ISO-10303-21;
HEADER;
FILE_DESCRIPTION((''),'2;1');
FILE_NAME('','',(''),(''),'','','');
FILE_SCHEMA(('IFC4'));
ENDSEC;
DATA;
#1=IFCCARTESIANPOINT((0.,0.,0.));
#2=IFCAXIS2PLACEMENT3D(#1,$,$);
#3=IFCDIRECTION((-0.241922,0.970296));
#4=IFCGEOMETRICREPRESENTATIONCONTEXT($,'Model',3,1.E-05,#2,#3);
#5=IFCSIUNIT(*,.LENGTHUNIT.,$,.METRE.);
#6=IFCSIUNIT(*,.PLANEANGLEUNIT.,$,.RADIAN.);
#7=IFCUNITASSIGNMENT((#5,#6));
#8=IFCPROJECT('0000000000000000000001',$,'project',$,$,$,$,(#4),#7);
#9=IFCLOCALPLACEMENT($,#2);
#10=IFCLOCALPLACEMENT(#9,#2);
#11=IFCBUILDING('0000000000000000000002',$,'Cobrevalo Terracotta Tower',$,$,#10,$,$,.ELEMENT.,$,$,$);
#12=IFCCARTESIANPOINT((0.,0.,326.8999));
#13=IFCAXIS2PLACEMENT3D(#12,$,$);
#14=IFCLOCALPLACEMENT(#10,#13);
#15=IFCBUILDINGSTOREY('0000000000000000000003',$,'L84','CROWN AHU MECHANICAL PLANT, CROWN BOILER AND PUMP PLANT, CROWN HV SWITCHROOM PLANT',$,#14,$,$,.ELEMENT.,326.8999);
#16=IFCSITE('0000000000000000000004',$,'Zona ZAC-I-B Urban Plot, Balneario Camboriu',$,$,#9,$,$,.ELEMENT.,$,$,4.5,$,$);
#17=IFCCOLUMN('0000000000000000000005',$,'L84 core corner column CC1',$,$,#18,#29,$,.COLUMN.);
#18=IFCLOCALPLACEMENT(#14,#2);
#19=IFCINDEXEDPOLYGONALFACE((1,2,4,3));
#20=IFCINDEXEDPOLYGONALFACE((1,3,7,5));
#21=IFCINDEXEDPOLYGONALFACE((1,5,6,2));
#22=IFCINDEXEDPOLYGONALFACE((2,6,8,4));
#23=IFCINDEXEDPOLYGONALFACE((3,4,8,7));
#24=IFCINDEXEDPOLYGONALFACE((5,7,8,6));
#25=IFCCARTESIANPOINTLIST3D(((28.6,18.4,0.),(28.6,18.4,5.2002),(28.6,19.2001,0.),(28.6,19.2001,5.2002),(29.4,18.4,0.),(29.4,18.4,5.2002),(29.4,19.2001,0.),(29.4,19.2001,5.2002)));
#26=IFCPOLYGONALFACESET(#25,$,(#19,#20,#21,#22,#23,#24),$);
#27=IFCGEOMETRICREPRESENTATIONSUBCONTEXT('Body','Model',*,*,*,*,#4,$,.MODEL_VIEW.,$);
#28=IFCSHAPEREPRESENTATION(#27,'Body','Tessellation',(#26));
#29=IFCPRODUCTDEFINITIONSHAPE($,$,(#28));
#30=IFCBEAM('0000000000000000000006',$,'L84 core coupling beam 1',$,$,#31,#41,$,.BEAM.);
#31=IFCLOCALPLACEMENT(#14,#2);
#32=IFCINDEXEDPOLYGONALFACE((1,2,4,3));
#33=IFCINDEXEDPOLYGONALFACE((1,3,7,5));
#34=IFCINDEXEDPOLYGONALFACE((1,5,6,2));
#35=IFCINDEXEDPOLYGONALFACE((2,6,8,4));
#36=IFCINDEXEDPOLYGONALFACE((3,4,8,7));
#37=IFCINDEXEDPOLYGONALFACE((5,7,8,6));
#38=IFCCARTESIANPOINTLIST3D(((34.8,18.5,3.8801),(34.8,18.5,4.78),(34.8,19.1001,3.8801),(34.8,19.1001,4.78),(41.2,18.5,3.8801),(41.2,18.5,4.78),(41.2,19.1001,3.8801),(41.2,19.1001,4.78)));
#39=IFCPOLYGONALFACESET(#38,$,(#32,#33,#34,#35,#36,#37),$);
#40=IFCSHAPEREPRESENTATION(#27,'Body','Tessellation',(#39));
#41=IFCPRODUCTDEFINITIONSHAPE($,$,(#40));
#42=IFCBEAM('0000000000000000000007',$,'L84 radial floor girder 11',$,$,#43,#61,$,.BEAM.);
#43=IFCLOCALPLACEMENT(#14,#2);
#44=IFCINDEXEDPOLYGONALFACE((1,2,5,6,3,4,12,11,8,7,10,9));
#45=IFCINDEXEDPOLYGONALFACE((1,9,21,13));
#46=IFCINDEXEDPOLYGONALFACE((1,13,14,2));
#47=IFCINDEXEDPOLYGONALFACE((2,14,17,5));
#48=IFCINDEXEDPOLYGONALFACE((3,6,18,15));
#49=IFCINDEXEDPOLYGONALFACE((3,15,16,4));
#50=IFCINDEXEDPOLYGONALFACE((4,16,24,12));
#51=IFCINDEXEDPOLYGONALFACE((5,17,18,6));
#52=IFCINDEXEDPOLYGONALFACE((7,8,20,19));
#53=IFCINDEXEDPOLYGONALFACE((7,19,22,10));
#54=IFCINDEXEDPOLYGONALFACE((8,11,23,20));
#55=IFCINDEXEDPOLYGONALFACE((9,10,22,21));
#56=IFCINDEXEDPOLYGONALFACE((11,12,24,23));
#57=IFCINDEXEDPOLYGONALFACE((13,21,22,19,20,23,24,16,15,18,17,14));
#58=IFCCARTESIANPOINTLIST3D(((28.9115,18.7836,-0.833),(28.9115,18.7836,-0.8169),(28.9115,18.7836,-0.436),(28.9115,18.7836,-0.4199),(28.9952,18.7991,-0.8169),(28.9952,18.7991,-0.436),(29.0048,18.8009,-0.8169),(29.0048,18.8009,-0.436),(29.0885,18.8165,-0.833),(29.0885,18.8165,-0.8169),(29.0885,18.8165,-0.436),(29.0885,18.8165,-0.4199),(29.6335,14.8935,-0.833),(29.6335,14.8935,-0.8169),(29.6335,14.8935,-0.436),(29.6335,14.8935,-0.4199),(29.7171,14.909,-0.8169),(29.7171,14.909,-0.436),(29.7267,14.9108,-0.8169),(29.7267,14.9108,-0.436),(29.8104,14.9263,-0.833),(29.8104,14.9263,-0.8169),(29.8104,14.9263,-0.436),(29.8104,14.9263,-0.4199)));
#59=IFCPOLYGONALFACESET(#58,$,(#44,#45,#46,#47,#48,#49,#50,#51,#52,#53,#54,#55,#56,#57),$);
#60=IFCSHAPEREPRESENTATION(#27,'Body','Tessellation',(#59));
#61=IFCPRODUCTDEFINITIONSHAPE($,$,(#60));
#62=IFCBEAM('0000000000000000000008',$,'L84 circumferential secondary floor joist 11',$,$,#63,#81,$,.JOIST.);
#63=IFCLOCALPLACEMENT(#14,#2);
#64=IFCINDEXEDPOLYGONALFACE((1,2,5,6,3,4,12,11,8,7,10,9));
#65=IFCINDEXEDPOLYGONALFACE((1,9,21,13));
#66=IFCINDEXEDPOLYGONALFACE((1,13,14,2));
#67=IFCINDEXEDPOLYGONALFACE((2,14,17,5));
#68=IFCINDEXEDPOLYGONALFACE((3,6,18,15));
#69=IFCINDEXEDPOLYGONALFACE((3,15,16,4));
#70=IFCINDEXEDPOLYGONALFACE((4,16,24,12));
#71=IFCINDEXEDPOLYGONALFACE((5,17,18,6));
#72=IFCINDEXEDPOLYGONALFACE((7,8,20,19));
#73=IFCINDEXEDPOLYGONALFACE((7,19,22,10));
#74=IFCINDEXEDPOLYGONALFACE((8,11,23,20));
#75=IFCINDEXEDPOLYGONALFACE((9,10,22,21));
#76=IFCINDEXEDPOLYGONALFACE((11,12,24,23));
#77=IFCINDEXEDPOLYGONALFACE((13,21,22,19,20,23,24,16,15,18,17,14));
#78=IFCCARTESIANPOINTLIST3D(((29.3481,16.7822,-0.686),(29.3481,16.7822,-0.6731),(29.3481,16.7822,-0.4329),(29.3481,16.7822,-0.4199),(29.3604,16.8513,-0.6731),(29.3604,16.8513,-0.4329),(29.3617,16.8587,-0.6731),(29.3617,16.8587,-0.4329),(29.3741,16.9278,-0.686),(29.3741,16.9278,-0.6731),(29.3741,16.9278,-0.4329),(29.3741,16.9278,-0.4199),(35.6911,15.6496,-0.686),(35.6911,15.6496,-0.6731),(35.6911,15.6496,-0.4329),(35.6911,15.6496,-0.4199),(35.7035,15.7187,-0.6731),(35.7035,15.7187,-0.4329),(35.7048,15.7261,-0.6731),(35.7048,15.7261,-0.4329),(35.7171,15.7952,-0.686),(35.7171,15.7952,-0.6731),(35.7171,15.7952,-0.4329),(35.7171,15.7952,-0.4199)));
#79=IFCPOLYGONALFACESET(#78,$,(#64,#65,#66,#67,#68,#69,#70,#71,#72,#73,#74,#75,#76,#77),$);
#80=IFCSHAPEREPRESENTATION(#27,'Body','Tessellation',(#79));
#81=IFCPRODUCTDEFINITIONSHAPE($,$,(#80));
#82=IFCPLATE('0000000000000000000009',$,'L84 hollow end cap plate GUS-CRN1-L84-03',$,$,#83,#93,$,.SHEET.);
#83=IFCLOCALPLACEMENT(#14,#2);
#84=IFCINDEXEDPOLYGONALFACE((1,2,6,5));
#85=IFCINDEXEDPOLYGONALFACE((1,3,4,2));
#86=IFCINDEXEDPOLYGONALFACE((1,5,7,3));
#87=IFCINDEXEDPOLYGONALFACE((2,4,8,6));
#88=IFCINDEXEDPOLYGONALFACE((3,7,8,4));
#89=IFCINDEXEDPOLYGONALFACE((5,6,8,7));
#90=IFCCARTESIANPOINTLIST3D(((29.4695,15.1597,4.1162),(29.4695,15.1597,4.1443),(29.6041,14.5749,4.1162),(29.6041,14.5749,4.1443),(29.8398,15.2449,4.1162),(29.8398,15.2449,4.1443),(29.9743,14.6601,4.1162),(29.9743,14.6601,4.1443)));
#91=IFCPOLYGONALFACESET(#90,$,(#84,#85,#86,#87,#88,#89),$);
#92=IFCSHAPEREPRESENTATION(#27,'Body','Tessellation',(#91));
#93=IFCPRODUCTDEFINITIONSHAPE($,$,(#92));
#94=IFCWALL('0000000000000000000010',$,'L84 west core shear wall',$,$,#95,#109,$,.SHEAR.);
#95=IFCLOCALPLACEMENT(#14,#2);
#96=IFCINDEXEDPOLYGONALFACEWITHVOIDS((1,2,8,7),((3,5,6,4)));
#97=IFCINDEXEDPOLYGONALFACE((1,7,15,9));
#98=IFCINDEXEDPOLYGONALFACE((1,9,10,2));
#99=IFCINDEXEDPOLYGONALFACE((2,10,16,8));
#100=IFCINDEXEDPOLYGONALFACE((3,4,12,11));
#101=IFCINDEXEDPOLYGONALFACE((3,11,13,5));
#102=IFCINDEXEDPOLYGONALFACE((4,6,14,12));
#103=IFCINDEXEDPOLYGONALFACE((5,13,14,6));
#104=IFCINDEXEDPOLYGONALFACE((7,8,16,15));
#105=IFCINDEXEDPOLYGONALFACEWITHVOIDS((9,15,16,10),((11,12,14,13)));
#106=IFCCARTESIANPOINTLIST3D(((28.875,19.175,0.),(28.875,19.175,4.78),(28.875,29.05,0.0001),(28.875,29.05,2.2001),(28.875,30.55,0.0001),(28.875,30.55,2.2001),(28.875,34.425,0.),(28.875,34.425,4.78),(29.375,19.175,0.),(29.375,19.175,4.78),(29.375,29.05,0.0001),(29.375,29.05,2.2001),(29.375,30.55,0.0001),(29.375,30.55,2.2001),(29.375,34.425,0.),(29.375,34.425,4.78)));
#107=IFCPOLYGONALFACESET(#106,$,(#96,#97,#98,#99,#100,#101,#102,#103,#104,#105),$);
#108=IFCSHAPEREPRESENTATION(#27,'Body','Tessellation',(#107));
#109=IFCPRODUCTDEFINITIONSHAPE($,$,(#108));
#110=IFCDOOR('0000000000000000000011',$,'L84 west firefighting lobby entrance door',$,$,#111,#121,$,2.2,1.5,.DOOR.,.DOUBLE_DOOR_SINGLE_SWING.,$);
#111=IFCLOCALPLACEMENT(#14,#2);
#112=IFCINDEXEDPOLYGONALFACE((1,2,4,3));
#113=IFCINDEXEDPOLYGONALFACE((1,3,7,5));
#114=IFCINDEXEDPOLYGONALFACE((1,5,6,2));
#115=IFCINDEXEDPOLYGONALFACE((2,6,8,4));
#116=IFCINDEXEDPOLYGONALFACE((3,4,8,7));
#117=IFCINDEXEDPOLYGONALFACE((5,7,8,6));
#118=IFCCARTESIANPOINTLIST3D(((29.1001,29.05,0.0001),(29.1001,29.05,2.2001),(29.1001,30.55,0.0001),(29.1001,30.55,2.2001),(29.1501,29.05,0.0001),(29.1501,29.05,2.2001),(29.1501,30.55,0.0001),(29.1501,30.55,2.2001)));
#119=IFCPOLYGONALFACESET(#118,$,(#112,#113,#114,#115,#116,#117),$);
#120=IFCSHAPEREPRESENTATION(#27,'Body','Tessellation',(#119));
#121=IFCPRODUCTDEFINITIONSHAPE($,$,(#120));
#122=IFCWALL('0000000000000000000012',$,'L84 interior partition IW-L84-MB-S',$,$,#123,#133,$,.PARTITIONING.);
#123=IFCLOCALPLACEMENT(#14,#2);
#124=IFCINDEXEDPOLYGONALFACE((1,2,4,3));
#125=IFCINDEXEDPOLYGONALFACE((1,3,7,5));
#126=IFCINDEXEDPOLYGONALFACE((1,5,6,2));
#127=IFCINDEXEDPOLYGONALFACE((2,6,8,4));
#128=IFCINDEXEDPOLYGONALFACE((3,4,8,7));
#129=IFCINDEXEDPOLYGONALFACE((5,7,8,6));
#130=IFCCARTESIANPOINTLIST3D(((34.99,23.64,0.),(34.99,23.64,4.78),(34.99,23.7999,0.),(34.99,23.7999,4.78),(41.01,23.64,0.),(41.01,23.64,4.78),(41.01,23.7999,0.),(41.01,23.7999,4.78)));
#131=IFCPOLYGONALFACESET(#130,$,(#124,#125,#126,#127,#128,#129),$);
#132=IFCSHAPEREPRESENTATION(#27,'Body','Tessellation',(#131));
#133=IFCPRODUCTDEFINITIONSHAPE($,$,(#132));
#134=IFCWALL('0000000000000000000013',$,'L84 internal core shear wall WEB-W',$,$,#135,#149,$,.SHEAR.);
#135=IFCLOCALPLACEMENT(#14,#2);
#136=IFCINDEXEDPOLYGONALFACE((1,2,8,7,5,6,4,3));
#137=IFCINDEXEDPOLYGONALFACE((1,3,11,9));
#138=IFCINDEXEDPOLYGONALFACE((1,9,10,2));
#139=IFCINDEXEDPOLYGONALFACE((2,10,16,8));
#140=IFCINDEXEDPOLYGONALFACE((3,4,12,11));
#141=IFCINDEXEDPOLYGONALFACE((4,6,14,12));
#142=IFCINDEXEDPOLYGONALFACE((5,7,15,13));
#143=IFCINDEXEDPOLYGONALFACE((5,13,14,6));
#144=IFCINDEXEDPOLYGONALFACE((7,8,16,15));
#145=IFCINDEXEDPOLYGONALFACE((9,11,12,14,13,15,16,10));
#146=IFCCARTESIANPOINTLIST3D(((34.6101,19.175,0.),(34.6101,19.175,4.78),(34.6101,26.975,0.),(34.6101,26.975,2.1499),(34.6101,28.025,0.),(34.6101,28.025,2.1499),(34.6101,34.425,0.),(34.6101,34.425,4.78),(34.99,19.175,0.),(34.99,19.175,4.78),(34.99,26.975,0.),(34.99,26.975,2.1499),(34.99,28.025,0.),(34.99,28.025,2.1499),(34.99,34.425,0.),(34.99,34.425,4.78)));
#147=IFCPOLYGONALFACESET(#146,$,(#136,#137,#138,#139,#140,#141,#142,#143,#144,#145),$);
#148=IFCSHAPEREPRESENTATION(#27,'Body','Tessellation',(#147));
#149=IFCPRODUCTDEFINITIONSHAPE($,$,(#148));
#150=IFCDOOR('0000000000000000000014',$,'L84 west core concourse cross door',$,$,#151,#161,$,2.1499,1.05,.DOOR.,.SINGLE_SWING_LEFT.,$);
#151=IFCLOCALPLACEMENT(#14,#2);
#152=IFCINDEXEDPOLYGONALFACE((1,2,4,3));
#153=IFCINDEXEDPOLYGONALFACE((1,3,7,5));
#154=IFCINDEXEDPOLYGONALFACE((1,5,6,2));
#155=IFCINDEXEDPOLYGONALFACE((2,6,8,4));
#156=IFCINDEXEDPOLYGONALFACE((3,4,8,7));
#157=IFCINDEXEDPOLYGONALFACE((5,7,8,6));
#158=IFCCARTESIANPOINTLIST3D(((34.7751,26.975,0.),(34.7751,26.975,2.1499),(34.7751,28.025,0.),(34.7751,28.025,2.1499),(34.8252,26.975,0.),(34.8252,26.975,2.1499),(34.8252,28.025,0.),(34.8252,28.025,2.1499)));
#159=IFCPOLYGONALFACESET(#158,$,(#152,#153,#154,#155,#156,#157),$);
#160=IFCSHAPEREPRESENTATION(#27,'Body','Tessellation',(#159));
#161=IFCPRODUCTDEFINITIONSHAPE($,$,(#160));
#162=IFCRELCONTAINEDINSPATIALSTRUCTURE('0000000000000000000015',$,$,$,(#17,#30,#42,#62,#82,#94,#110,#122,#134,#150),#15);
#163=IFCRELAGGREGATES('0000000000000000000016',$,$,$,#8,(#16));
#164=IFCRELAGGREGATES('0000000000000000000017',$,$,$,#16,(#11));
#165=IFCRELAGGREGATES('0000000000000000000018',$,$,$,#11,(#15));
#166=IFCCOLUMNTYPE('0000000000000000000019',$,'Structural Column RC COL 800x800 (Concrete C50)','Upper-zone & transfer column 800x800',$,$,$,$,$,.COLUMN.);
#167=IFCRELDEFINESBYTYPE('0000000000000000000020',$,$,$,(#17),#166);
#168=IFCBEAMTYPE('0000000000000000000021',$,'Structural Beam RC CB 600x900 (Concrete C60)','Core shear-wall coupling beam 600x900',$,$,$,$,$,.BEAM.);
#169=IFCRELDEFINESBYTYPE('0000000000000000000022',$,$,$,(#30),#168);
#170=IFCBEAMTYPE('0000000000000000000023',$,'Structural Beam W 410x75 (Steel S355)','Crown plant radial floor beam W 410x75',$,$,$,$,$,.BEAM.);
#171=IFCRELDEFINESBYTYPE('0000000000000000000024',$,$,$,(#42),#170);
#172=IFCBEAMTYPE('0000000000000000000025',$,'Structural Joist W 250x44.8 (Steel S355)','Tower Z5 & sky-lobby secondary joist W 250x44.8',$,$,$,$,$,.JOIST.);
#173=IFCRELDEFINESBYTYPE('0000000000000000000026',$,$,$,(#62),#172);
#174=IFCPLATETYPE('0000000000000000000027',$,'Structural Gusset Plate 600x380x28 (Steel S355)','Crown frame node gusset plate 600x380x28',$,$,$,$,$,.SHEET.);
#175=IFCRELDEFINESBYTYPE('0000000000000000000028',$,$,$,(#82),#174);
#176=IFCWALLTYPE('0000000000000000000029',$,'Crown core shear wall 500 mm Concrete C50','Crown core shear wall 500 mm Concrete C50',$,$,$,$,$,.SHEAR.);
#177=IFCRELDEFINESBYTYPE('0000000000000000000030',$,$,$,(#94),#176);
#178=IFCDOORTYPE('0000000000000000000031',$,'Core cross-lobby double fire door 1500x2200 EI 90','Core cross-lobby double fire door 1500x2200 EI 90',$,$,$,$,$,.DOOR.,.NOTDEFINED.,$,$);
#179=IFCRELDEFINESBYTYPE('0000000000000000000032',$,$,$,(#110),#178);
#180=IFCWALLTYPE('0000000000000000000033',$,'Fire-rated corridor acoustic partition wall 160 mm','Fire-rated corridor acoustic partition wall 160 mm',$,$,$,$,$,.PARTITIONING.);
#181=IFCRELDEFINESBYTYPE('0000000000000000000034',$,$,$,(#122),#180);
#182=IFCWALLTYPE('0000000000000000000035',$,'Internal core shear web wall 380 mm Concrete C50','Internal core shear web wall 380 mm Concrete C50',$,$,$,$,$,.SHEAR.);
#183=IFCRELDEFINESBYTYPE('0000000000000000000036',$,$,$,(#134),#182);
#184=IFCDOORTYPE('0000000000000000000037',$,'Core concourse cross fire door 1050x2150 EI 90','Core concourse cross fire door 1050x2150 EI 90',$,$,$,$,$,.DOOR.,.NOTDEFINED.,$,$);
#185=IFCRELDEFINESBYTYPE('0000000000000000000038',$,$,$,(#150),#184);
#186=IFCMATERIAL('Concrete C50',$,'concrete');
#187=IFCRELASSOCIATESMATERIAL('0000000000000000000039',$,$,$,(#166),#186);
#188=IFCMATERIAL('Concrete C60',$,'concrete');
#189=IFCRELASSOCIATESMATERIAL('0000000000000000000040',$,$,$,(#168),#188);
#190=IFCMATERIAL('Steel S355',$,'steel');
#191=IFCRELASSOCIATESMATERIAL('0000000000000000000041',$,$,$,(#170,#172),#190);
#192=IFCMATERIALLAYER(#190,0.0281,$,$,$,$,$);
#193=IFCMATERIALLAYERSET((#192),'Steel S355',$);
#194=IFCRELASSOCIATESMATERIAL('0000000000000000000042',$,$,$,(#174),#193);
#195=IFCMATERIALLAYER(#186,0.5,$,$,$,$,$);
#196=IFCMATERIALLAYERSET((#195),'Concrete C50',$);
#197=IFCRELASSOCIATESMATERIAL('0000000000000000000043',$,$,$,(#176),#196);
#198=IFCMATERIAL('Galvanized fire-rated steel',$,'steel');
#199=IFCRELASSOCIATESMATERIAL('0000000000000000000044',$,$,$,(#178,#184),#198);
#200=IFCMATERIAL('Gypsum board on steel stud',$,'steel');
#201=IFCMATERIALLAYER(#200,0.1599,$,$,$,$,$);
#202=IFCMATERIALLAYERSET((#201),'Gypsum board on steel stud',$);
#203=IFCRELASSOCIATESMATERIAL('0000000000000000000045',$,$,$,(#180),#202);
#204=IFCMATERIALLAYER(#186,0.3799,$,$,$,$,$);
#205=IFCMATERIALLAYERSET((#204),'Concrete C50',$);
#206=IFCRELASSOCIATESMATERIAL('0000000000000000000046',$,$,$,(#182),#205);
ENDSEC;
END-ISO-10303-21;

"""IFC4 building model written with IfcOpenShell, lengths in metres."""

from ifc_helpers import new_model, si_unit, direction, frame, frame_2d, origin, origin_2d, place, context, subcontext, project, spatial, rectangle, i_section, extrude, source, transform, mapped, material, layer, layer_set, material_profile, profile_set, type_object, element, fill, save


model = new_model("IFC4")

# Units and contexts
model_context = context("Model", 3, precision=1e-05, world=origin(), true_north=direction((-0.241922, 0.970296)))
body_context = subcontext(model_context, "Body", "Model", "MODEL_VIEW")
ifc_project = project(units=[si_unit("LENGTHUNIT", "METRE"), si_unit("PLANEANGLEUNIT", "RADIAN")], contexts=[model_context])

# Site, building, storey
site_placement = place(None, origin())
site = spatial("IfcSite", under=ifc_project, at=site_placement, Name="Zona ZAC-I-B Urban Plot, Balneario Camboriu", CompositionType="ELEMENT", RefElevation=4.5)
building_placement = place(site_placement, origin())
building = spatial("IfcBuilding", under=site, at=building_placement, Name="Cobrevalo Terracotta Tower", CompositionType="ELEMENT")
storey_placement = place(building_placement, frame((0.0, 0.0, 326.8999)))
storey = spatial("IfcBuildingStorey", under=building, at=storey_placement, Name="L84", Description="CROWN AHU MECHANICAL PLANT, CROWN BOILER AND PUMP PLANT, CROWN HV SWITCHROOM PLANT", CompositionType="ELEMENT", Elevation=326.8999)

# Column
ifc_material_1 = material(Name="Concrete C50", Category="concrete")
ifc_material_profile_1 = material_profile(ifc_material_1, rectangle(XDim=0.8, YDim=0.8, at=origin_2d()), Name="RC COL 800x800")
ifc_profile_set_1 = profile_set([ifc_material_profile_1], Name="Concrete C50")
column_type = type_object("IfcColumnType", Name="Structural Column RC COL 800x800 (Concrete C50)", Description="Upper-zone & transfer column 800x800", PredefinedType="COLUMN", material=ifc_profile_set_1)
column_placement = place(storey_placement, frame((29.0, 18.8, 0.0), z_axis=(0.0, 0.0, 1.0), x_axis=(1.0, 0.0, 0.0)))
element("IfcColumn", 1, at=column_placement, inside=storey, type_object=column_type, Name="L84 core corner column CC1", PredefinedType="COLUMN", context=body_context, shape_type="SweptSolid", body=[
    extrude(rectangle(XDim=0.8, YDim=0.8, at=origin_2d()), origin(), (0.0, 0.0, 1.0), 5.2002),
])

# Beams
ifc_material_2 = material(Name="Concrete C60", Category="concrete")
ifc_material_profile_2 = material_profile(ifc_material_2, rectangle(XDim=0.6001, YDim=0.8999, at=origin_2d()), Name="RC CB 600x900")
ifc_profile_set_2 = profile_set([ifc_material_profile_2], Name="Concrete C60")
beam_type_1 = type_object("IfcBeamType", Name="Structural Beam RC CB 600x900 (Concrete C60)", Description="Core shear-wall coupling beam 600x900", PredefinedType="BEAM", material=ifc_profile_set_2)
beam_1_placement = place(storey_placement, frame((34.8, 18.8, 4.3301), z_axis=(1.0, 0.0, 0.0), x_axis=(0.0, 1.0, 0.0)))
element("IfcBeam", 2, at=beam_1_placement, inside=storey, type_object=beam_type_1, Name="L84 core coupling beam 1", PredefinedType="BEAM", context=body_context, shape_type="SweptSolid", body=[
    extrude(rectangle(XDim=0.6001, YDim=0.8999, at=origin_2d()), origin(), (0.0, 0.0, 1.0), 6.3999),
])
ifc_material_3 = material(Name="Steel S355", Category="steel")
ifc_material_profile_3 = material_profile(ifc_material_3, i_section(OverallWidth=0.1799, OverallDepth=0.4131, WebThickness=0.0098, FlangeThickness=0.0161, at=origin_2d()), Name="W 410x75")
ifc_profile_set_3 = profile_set([ifc_material_profile_3], Name="Steel S355")
beam_type_2 = type_object("IfcBeamType", Name="Structural Beam W 410x75 (Steel S355)", Description="Crown plant radial floor beam W 410x75", PredefinedType="BEAM", material=ifc_profile_set_3)
beam_2_placement = place(storey_placement, frame((29.7219, 14.9099, -0.6265), z_axis=(-0.182463, 0.983213, 0.0), x_axis=(-0.983213, -0.182463, 0.0)))
element("IfcBeam", 3, at=beam_2_placement, inside=storey, type_object=beam_type_2, Name="L84 radial floor girder 11", PredefinedType="BEAM", context=body_context, shape_type="SweptSolid", body=[
    extrude(i_section(OverallWidth=0.1799, OverallDepth=0.4131, WebThickness=0.0098, FlangeThickness=0.0161, at=origin_2d()), origin(), (0.0, 0.0, 1.0), 3.9565),
])
ifc_material_profile_4 = material_profile(ifc_material_3, i_section(OverallWidth=0.1479, OverallDepth=0.2661, WebThickness=0.0076, FlangeThickness=0.0129, at=origin_2d()), Name="W 250x44.8")
ifc_profile_set_4 = profile_set([ifc_material_profile_4], Name="Steel S355")
beam_type_3 = type_object("IfcBeamType", Name="Structural Joist W 250x44.8 (Steel S355)", Description="Tower Z5 & sky-lobby secondary joist W 250x44.8", PredefinedType="JOIST", material=ifc_profile_set_4)
beam_3_placement = place(storey_placement, frame((29.3611, 16.855, -0.553), z_axis=(0.984431, -0.175774, 0.0), x_axis=(0.175774, 0.984431, 0.0)))
element("IfcBeam", 4, at=beam_3_placement, inside=storey, type_object=beam_type_3, Name="L84 circumferential secondary floor joist 11", PredefinedType="JOIST", context=body_context, shape_type="SweptSolid", body=[
    extrude(i_section(OverallWidth=0.1479, OverallDepth=0.2661, WebThickness=0.0076, FlangeThickness=0.0129, at=origin_2d()), origin(), (0.0, 0.0, 1.0), 6.4434),
])

# Plate
ifc_layer_1 = layer(ifc_material_3, 0.0281)
ifc_layer_set_1 = layer_set([ifc_layer_1], Name="Steel S355")
plate_type = type_object("IfcPlateType", Name="Structural Gusset Plate 600x380x28 (Steel S355)", Description="Crown frame node gusset plate 600x380x28", PredefinedType="SHEET", material=ifc_layer_set_1)
shared_shape_1 = source(origin(), body_context, "Body", "SweptSolid", [
    extrude(rectangle(XDim=0.6001, YDim=0.3799, at=origin_2d()), origin(), (0.0, 0.0, 1.0), 0.0281),
])
plate_placement = place(storey_placement, frame((29.7219, 14.9099, 4.1162), z_axis=(0.0, 0.0, 1.0), x_axis=(0.224221, -0.974538, 0.0)))
element("IfcPlate", 5, at=plate_placement, inside=storey, type_object=plate_type, Name="L84 hollow end cap plate GUS-CRN1-L84-03", PredefinedType="SHEET", context=body_context, shape_type="MappedRepresentation", body=[
    mapped(shared_shape_1, transform((0.0, 0.0, 0.0), scale=1.0)),
])

# Wall, opening, door
ifc_layer_2 = layer(ifc_material_1, 0.5)
ifc_layer_set_2 = layer_set([ifc_layer_2], Name="Concrete C50")
wall_type_1 = type_object("IfcWallType", Name="Crown core shear wall 500 mm Concrete C50", Description="Crown core shear wall 500 mm Concrete C50", PredefinedType="SHEAR", material=ifc_layer_set_2)
wall_1_placement = place(storey_placement, frame((29.125, 19.175, 0.0), z_axis=(0.0, 0.0, 1.0), x_axis=(0.0, 1.0, 0.0)))
wall_1 = element("IfcWall", 6, at=wall_1_placement, inside=storey, type_object=wall_type_1, Name="L84 west core shear wall", PredefinedType="SHEAR", context=body_context, shape_type="SweptSolid", body=[
    extrude(rectangle(XDim=15.25, YDim=0.5, at=frame_2d((7.625, 0.0))), origin(), (0.0, 0.0, 1.0), 4.78),
])
opening_1_placement = place(wall_1_placement, frame((9.875, 0.0, 0.0)))
opening_1 = element("IfcOpeningElement", 7, at=opening_1_placement, cuts=wall_1, PredefinedType="OPENING", context=body_context, shape_type="SweptSolid", body=[
    extrude(rectangle(XDim=1.5, YDim=2.2, at=frame_2d((0.75, 1.1001))), frame((0.0, 0.26, 0.0), z_axis=(0.0, -1.0, 0.0), x_axis=(1.0, 0.0, 0.0)), (0.0, 0.0, 1.0), 0.52),
])
ifc_material_4 = material(Name="Galvanized fire-rated steel", Category="steel")
door_type_1 = type_object("IfcDoorType", Name="Core cross-lobby double fire door 1500x2200 EI 90", Description="Core cross-lobby double fire door 1500x2200 EI 90", OperationType="NOTDEFINED", PredefinedType="DOOR", material=ifc_material_4)
shared_shape_2 = source(origin(), body_context, "Body", "SweptSolid", [
    extrude(rectangle(XDim=1.5, YDim=2.2, at=frame_2d((0.75, 1.1001))), frame((0.0, 0.0249, 0.0), z_axis=(0.0, -1.0, 0.0), x_axis=(1.0, 0.0, 0.0)), (0.0, 0.0, 1.0), 0.05),
])
door_1_placement = place(opening_1_placement, origin())
door_1 = element("IfcDoor", 8, at=door_1_placement, inside=storey, type_object=door_type_1, Name="L84 west firefighting lobby entrance door", OperationType="DOUBLE_DOOR_SINGLE_SWING", OverallHeight=2.2, OverallWidth=1.5, PredefinedType="DOOR", context=body_context, shape_type="MappedRepresentation", body=[
    mapped(shared_shape_2, transform((0.0, 0.0, 0.0), scale=1.0)),
])
fill(opening_1, door_1)

# Wall
ifc_material_5 = material(Name="Gypsum board on steel stud", Category="steel")
ifc_layer_3 = layer(ifc_material_5, 0.1599)
ifc_layer_set_3 = layer_set([ifc_layer_3], Name="Gypsum board on steel stud")
wall_type_2 = type_object("IfcWallType", Name="Fire-rated corridor acoustic partition wall 160 mm", Description="Fire-rated corridor acoustic partition wall 160 mm", PredefinedType="PARTITIONING", material=ifc_layer_set_3)
wall_2_placement = place(storey_placement, frame((34.99, 23.72, 0.0), z_axis=(0.0, 0.0, 1.0), x_axis=(1.0, 0.0, 0.0)))
element("IfcWall", 9, at=wall_2_placement, inside=storey, type_object=wall_type_2, Name="L84 interior partition IW-L84-MB-S", PredefinedType="PARTITIONING", context=body_context, shape_type="SweptSolid", body=[
    extrude(rectangle(XDim=6.02, YDim=0.1599, at=frame_2d((3.01, 0.0))), origin(), (0.0, 0.0, 1.0), 4.78),
])

# Wall, opening, door
ifc_layer_4 = layer(ifc_material_1, 0.3799)
ifc_layer_set_4 = layer_set([ifc_layer_4], Name="Concrete C50")
wall_type_3 = type_object("IfcWallType", Name="Internal core shear web wall 380 mm Concrete C50", Description="Internal core shear web wall 380 mm Concrete C50", PredefinedType="SHEAR", material=ifc_layer_set_4)
wall_3_placement = place(storey_placement, frame((34.8, 19.175, 0.0), z_axis=(0.0, 0.0, 1.0), x_axis=(0.0, 1.0, 0.0)))
wall_3 = element("IfcWall", 10, at=wall_3_placement, inside=storey, type_object=wall_type_3, Name="L84 internal core shear wall WEB-W", PredefinedType="SHEAR", context=body_context, shape_type="SweptSolid", body=[
    extrude(rectangle(XDim=15.25, YDim=0.3799, at=frame_2d((7.625, 0.0))), origin(), (0.0, 0.0, 1.0), 4.78),
])
opening_2_placement = place(wall_3_placement, frame((7.8, 0.0, 0.0)))
opening_2 = element("IfcOpeningElement", 11, at=opening_2_placement, cuts=wall_3, PredefinedType="OPENING", context=body_context, shape_type="SweptSolid", body=[
    extrude(rectangle(XDim=1.05, YDim=2.1499, at=frame_2d((0.5249, 1.075))), frame((0.0, 0.2, 0.0), z_axis=(0.0, -1.0, 0.0), x_axis=(1.0, 0.0, 0.0)), (0.0, 0.0, 1.0), 0.3999),
])
door_type_2 = type_object("IfcDoorType", Name="Core concourse cross fire door 1050x2150 EI 90", Description="Core concourse cross fire door 1050x2150 EI 90", OperationType="NOTDEFINED", PredefinedType="DOOR", material=ifc_material_4)
shared_shape_3 = source(origin(), body_context, "Body", "SweptSolid", [
    extrude(rectangle(XDim=1.05, YDim=2.1499, at=frame_2d((0.5249, 1.075))), frame((0.0, 0.0249, 0.0), z_axis=(0.0, -1.0, 0.0), x_axis=(1.0, 0.0, 0.0)), (0.0, 0.0, 1.0), 0.05),
])
door_2_placement = place(opening_2_placement, origin())
door_2 = element("IfcDoor", 12, at=door_2_placement, inside=storey, type_object=door_type_2, Name="L84 west core concourse cross door", OperationType="SINGLE_SWING_LEFT", OverallHeight=2.1499, OverallWidth=1.05, PredefinedType="DOOR", context=body_context, shape_type="MappedRepresentation", body=[
    mapped(shared_shape_3, transform((0.0, 0.0, 0.0), scale=1.0)),
])
fill(opening_2, door_2)

save(model, "model.ifc")
